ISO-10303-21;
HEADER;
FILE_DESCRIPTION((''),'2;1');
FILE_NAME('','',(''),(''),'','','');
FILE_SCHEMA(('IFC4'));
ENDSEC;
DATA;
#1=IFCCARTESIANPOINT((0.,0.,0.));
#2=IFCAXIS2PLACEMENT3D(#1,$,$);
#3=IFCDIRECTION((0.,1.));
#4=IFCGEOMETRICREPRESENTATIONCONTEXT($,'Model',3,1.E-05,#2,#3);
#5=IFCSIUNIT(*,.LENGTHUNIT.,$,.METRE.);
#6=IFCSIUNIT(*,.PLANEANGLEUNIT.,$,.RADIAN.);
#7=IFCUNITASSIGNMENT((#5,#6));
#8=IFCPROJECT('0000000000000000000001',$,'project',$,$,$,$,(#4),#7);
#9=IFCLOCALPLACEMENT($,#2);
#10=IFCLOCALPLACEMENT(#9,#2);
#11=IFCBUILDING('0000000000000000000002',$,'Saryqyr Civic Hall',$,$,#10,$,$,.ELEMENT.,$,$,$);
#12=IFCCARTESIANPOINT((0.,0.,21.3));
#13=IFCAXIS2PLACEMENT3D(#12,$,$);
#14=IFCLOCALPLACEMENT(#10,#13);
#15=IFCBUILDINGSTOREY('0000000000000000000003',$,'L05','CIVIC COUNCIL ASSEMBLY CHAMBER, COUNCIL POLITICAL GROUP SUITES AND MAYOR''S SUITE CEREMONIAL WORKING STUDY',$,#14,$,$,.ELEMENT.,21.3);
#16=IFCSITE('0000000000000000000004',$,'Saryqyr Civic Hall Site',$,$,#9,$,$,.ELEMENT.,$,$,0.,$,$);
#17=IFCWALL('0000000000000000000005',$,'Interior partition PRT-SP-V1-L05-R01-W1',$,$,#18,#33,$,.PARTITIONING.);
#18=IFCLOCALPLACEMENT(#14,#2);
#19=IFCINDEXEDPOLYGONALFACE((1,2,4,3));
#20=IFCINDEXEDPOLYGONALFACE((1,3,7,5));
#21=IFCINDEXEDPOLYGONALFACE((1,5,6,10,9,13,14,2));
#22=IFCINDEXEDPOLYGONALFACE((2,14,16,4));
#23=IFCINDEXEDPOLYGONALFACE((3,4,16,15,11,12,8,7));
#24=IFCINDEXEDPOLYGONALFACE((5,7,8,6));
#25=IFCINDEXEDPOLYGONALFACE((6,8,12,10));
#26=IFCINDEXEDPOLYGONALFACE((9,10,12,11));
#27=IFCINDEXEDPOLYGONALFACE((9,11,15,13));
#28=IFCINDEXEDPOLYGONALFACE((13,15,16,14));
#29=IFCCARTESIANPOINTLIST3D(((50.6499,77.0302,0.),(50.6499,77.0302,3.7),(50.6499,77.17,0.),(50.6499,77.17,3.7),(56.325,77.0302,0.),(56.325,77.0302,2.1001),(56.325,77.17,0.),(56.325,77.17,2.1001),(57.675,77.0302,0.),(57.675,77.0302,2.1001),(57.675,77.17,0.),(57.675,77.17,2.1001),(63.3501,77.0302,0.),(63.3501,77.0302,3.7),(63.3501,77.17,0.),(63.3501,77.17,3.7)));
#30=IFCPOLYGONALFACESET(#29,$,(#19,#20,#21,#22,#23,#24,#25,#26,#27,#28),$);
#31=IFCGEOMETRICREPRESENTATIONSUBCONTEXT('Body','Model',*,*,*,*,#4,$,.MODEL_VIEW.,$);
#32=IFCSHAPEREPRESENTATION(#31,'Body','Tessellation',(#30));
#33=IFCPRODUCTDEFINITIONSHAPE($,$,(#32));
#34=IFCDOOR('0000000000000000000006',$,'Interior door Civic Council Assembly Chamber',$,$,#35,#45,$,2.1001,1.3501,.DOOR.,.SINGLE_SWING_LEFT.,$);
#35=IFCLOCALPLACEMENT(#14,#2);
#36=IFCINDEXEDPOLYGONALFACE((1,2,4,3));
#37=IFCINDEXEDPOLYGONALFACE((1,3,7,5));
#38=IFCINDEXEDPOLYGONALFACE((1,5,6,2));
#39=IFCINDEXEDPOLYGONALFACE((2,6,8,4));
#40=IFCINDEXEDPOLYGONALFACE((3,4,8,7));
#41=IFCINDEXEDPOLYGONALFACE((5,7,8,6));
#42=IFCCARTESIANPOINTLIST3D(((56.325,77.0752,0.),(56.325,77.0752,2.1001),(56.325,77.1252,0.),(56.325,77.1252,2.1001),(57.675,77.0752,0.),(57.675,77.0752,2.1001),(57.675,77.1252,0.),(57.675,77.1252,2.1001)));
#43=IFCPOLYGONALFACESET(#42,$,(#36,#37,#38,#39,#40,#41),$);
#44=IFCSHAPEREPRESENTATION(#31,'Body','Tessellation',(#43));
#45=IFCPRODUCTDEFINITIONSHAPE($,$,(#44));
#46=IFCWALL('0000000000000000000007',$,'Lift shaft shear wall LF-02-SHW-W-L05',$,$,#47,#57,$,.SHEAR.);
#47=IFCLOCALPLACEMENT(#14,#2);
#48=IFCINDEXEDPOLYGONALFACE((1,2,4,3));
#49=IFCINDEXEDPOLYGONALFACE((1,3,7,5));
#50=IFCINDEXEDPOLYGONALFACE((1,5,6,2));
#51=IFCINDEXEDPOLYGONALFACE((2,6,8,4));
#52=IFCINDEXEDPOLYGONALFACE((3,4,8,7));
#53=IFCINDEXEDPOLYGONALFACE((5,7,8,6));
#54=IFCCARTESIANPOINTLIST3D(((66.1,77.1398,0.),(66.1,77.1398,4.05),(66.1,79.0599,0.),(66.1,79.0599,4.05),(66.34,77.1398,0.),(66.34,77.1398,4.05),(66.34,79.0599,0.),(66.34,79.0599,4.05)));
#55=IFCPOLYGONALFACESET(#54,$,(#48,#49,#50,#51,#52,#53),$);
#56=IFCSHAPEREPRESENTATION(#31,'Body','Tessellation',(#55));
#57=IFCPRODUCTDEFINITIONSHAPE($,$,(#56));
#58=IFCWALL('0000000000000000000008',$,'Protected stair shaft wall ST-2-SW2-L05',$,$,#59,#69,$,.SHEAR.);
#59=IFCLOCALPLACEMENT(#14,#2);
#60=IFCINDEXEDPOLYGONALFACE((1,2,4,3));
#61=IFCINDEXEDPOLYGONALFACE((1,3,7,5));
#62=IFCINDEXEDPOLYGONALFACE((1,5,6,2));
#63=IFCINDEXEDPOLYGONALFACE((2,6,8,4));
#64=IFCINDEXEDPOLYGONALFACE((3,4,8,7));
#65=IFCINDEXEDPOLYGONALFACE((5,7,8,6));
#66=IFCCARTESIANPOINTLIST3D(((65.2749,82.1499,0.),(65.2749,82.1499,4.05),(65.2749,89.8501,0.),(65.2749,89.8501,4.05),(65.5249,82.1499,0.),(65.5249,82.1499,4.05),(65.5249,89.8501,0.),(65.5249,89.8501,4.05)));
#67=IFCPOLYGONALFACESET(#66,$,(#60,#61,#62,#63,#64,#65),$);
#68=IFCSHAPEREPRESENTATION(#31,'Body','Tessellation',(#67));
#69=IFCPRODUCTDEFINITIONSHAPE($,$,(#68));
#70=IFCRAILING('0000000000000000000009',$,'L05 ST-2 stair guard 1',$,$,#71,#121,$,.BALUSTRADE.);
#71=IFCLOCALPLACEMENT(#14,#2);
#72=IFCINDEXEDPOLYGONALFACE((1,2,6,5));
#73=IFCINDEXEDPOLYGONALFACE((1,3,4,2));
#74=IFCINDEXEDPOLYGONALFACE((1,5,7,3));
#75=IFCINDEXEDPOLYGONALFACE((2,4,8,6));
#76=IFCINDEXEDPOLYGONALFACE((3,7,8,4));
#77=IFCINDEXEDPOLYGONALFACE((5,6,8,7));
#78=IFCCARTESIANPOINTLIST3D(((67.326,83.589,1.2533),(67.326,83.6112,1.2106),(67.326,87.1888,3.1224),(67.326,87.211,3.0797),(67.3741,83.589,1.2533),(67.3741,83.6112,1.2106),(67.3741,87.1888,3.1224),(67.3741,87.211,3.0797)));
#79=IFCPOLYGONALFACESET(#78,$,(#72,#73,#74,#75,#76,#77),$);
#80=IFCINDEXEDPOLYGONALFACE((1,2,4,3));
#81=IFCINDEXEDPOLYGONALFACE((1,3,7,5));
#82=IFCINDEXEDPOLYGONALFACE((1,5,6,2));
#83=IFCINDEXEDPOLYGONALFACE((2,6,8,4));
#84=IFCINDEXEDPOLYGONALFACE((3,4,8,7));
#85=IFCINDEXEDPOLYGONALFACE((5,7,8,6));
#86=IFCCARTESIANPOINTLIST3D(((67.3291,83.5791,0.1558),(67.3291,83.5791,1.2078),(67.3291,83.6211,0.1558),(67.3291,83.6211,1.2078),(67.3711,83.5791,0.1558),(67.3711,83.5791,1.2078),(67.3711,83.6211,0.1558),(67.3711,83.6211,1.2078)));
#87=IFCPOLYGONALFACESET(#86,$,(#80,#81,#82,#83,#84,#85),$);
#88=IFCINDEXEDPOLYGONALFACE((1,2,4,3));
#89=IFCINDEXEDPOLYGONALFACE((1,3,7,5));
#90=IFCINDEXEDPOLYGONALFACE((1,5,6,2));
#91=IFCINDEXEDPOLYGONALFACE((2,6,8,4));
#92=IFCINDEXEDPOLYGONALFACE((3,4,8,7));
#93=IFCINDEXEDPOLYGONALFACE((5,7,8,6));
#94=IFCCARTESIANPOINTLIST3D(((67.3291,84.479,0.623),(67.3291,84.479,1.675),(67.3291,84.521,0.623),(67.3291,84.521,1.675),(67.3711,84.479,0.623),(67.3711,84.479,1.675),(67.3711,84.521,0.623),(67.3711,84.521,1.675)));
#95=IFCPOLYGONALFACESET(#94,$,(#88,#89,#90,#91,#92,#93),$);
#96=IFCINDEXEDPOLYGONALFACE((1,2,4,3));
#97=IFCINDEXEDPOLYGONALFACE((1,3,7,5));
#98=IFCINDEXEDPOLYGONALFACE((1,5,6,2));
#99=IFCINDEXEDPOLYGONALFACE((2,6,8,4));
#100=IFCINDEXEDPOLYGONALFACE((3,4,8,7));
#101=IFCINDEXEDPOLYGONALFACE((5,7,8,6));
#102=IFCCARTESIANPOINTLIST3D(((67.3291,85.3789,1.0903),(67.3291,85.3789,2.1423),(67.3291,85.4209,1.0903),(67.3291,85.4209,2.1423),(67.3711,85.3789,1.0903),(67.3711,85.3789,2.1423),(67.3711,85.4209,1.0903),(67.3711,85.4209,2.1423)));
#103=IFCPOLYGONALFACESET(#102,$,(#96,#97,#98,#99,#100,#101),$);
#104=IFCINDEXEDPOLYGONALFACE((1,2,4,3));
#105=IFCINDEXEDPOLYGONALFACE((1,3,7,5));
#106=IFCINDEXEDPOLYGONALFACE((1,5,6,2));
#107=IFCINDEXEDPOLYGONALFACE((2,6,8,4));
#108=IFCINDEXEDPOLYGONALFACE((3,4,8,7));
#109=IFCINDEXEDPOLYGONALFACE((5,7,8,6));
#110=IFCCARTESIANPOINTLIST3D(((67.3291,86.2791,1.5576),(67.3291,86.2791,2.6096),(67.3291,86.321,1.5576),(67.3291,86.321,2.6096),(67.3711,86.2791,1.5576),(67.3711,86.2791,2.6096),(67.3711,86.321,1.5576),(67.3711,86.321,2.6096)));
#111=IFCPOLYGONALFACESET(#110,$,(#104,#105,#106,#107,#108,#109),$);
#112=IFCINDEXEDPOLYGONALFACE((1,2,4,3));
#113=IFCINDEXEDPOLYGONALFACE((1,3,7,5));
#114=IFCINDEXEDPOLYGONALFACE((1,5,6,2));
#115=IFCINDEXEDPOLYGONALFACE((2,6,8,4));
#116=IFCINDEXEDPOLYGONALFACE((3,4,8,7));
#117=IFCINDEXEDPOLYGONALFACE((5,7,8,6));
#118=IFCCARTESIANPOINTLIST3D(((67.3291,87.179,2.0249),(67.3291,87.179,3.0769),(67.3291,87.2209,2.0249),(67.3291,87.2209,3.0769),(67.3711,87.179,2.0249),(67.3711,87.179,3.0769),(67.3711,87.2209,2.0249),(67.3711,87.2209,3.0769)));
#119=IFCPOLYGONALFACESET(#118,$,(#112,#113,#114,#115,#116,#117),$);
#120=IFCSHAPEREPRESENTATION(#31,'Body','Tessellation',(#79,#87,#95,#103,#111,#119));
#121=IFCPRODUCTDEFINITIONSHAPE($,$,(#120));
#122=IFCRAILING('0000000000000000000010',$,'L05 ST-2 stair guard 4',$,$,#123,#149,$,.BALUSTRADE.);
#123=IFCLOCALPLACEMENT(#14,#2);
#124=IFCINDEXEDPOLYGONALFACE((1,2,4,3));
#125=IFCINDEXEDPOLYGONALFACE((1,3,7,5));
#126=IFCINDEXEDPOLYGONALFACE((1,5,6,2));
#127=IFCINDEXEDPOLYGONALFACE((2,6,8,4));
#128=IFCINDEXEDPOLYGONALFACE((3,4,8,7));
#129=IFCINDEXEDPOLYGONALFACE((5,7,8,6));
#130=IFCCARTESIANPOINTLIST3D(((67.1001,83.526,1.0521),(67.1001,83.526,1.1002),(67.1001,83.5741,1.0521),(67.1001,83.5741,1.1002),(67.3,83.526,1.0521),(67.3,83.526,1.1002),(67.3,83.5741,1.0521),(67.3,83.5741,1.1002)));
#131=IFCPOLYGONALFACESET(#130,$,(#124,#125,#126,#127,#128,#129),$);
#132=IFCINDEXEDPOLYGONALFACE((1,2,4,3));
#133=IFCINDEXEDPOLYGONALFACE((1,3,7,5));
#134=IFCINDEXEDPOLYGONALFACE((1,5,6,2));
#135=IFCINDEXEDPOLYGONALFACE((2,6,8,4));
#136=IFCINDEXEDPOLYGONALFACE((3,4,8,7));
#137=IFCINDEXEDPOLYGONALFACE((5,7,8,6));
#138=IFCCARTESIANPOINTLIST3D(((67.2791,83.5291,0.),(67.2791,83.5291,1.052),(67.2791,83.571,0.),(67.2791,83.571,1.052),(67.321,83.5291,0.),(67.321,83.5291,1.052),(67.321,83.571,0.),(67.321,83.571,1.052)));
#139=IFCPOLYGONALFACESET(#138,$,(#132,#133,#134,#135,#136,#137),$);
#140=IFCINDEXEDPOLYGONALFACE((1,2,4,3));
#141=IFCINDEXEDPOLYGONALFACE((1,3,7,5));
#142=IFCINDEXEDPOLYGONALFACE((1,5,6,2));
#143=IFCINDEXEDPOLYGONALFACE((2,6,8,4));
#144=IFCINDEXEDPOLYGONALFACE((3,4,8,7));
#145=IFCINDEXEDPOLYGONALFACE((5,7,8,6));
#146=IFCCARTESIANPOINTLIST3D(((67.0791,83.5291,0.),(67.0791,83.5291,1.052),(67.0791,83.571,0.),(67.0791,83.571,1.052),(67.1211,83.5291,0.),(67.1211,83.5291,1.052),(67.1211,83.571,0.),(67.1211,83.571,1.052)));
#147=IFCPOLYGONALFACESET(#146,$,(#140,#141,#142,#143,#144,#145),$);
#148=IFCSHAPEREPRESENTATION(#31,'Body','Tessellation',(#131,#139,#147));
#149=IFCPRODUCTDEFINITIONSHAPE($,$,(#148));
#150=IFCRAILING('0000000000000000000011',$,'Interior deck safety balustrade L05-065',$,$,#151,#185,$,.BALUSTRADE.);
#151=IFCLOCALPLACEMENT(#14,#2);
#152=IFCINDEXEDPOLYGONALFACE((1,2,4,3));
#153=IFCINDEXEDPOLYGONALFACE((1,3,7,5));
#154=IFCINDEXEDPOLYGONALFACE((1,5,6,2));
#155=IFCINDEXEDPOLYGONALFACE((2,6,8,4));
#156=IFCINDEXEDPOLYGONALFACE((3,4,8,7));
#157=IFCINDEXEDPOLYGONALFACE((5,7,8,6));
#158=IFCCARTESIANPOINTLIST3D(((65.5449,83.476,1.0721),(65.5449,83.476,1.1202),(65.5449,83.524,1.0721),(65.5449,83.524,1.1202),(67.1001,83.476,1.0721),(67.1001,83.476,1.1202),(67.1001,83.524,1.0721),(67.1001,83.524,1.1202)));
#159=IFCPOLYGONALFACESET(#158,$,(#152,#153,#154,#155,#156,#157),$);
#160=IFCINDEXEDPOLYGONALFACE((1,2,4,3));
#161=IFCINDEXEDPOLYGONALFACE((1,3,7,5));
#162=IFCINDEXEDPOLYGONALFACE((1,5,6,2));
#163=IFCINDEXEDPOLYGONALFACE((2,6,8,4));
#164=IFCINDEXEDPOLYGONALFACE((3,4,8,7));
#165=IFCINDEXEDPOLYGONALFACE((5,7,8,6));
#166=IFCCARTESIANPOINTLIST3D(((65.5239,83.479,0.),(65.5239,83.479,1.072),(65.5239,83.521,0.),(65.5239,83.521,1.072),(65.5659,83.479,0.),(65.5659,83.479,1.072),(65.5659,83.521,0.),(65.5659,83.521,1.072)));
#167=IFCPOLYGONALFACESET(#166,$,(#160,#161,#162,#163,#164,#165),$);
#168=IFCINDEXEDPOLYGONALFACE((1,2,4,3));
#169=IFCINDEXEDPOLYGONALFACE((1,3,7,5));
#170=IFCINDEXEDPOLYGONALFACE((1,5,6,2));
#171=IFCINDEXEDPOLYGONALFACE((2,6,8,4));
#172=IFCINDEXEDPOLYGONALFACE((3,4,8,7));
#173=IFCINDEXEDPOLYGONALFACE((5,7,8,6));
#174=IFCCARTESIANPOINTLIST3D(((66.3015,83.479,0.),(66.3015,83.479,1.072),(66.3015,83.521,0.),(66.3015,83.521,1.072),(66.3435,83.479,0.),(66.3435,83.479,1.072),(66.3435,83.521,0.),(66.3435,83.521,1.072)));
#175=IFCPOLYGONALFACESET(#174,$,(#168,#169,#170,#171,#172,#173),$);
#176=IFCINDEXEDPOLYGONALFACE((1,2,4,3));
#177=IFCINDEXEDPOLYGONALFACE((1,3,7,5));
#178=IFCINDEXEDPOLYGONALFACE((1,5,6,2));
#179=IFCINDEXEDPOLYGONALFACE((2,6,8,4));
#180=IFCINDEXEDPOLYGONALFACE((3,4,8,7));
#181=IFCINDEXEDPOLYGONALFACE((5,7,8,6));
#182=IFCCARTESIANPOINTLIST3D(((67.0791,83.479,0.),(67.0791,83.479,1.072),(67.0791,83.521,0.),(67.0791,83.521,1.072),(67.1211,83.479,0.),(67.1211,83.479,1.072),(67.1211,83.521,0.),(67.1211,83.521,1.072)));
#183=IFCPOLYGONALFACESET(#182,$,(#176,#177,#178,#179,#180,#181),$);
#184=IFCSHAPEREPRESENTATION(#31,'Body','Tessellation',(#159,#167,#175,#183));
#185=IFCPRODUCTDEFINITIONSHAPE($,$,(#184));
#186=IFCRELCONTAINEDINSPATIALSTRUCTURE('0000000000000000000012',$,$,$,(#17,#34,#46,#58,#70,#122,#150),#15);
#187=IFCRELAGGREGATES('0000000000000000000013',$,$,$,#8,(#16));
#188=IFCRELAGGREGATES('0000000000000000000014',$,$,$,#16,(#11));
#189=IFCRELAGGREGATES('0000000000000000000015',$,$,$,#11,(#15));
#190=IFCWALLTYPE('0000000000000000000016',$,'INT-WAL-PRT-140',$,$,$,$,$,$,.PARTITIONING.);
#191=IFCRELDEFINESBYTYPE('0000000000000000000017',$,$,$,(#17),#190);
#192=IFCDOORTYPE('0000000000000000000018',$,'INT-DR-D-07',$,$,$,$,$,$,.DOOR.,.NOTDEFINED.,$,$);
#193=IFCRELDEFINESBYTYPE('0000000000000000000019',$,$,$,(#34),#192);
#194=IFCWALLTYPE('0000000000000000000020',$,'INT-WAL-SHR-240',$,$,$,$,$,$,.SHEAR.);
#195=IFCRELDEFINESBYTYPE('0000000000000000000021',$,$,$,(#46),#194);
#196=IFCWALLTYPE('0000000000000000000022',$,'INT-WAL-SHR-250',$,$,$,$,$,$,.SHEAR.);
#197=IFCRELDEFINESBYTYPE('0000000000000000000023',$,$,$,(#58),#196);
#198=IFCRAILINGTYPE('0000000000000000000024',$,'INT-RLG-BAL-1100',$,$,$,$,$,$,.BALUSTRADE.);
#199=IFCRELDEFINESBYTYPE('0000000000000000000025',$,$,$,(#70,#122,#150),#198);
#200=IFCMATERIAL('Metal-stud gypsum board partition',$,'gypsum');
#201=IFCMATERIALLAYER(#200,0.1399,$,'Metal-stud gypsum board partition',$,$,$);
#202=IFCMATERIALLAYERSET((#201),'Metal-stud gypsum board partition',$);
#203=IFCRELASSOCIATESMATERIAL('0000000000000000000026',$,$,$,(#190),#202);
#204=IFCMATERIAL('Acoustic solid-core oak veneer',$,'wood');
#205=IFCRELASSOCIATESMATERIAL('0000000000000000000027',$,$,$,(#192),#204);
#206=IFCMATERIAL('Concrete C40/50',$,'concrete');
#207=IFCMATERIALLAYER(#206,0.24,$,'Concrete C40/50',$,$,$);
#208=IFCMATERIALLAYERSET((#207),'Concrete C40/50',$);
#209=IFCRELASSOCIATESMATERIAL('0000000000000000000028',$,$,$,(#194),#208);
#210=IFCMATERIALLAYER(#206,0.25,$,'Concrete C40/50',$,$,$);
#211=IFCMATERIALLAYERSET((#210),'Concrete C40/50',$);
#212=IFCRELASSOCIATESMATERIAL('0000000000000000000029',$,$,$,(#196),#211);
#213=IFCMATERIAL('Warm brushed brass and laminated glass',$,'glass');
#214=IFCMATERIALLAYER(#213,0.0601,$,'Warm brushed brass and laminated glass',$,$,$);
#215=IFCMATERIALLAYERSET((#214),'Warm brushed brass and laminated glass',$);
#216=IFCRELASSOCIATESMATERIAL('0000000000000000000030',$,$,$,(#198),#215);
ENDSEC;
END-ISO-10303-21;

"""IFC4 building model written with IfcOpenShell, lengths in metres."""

from ifc_helpers import new_model, si_unit, direction, frame, frame_2d, origin, origin_2d, place, context, subcontext, project, spatial, rectangle, extrude, material, layer, layer_set, type_object, element, fill, save


model = new_model("IFC4")

# Units and contexts
model_context = context("Model", 3, precision=1e-05, world=origin(), true_north=direction((0.0, 1.0)))
body_context = subcontext(model_context, "Body", "Model", "MODEL_VIEW")
ifc_project = project(units=[si_unit("LENGTHUNIT", "METRE"), si_unit("PLANEANGLEUNIT", "RADIAN")], contexts=[model_context])

# Site, building, storey
site_placement = place(None, origin())
site = spatial("IfcSite", under=ifc_project, at=site_placement, Name="Saryqyr Civic Hall Site", CompositionType="ELEMENT", RefElevation=0.0)
building_placement = place(site_placement, origin())
building = spatial("IfcBuilding", under=site, at=building_placement, Name="Saryqyr Civic Hall", CompositionType="ELEMENT")
storey_placement = place(building_placement, frame((0.0, 0.0, 21.3)))
storey = spatial("IfcBuildingStorey", under=building, at=storey_placement, Name="L05", Description="CIVIC COUNCIL ASSEMBLY CHAMBER, COUNCIL POLITICAL GROUP SUITES AND MAYOR'S SUITE CEREMONIAL WORKING STUDY", CompositionType="ELEMENT", Elevation=21.3)

# Shared definitions
ifc_material_1 = material(Name="Concrete C40/50", Category="concrete")

# Shared definitions
ifc_material_2 = material(Name="Metal-stud gypsum board partition", Category="gypsum")

# Wall, opening, door
ifc_layer_1 = layer(ifc_material_2, 0.1399, Name="Metal-stud gypsum board partition")
ifc_layer_set_1 = layer_set([ifc_layer_1], Name="Metal-stud gypsum board partition")
wall_type_1 = type_object("IfcWallType", Name="INT-WAL-PRT-140", PredefinedType="PARTITIONING", material=ifc_layer_set_1)
wall_1_placement = place(storey_placement, frame((63.3501, 77.1001, 0.0), z_axis=(0.0, 0.0, 1.0), x_axis=(-1.0, 0.0, 0.0)))
wall_1 = element("IfcWall", 1, at=wall_1_placement, inside=storey, type_object=wall_type_1, Name="Interior partition PRT-SP-V1-L05-R01-W1", PredefinedType="PARTITIONING", context=body_context, shape_type="SweptSolid", body=[
    extrude(rectangle(XDim=12.7002, YDim=0.1399, at=frame_2d((6.3501, 0.0))), origin(), (0.0, 0.0, 1.0), 3.7),
])
opening_1_placement = place(wall_1_placement, frame((5.675, 0.0, 0.0)))
opening_1 = element("IfcOpeningElement", 2, at=opening_1_placement, cuts=wall_1, PredefinedType="OPENING", context=body_context, shape_type="SweptSolid", body=[
    extrude(rectangle(XDim=1.3501, YDim=2.1001, at=frame_2d((0.675, 1.05))), frame((0.0, 0.0798, 0.0), z_axis=(0.0, -1.0, 0.0), x_axis=(1.0, 0.0, 0.0)), (0.0, 0.0, 1.0), 0.1599),
])
ifc_material_3 = material(Name="Acoustic solid-core oak veneer", Category="wood")
door_type_1 = type_object("IfcDoorType", Name="INT-DR-D-07", OperationType="NOTDEFINED", PredefinedType="DOOR", material=ifc_material_3)
door_1_placement = place(opening_1_placement, origin())
door_1 = element("IfcDoor", 3, at=door_1_placement, inside=storey, type_object=door_type_1, Name="Interior door Civic Council Assembly Chamber", OperationType="SINGLE_SWING_LEFT", OverallHeight=2.1001, OverallWidth=1.3501, PredefinedType="DOOR", context=body_context, shape_type="SweptSolid", body=[
    extrude(rectangle(XDim=1.3501, YDim=2.1001, at=frame_2d((0.675, 1.05))), frame((0.0, 0.0249, 0.0), z_axis=(0.0, -1.0, 0.0), x_axis=(1.0, 0.0, 0.0)), (0.0, 0.0, 1.0), 0.05),
])
fill(opening_1, door_1)
ifc_layer_2 = layer(ifc_material_1, 0.24, Name="Concrete C40/50")
ifc_layer_set_2 = layer_set([ifc_layer_2], Name="Concrete C40/50")
wall_type_2 = type_object("IfcWallType", Name="INT-WAL-SHR-240", PredefinedType="SHEAR", material=ifc_layer_set_2)

# Walls
wall_2_placement = place(storey_placement, frame((66.22, 77.1399, 0.0), z_axis=(0.0, 0.0, 1.0), x_axis=(0.0, 1.0, 0.0)))
element("IfcWall", 4, at=wall_2_placement, inside=storey, type_object=wall_type_2, Name="Lift shaft shear wall LF-02-SHW-W-L05", PredefinedType="SHEAR", context=body_context, shape_type="SweptSolid", body=[
    extrude(rectangle(XDim=1.9202, YDim=0.24, at=frame_2d((0.96, 0.0))), origin(), (0.0, 0.0, 1.0), 4.05),
])
ifc_layer_3 = layer(ifc_material_1, 0.25, Name="Concrete C40/50")
ifc_layer_set_3 = layer_set([ifc_layer_3], Name="Concrete C40/50")
wall_type_3 = type_object("IfcWallType", Name="INT-WAL-SHR-250", PredefinedType="SHEAR", material=ifc_layer_set_3)
wall_3_placement = place(storey_placement, frame((65.3999, 82.1499, 0.0), z_axis=(0.0, 0.0, 1.0), x_axis=(0.0, 1.0, 0.0)))
element("IfcWall", 5, at=wall_3_placement, inside=storey, type_object=wall_type_3, Name="Protected stair shaft wall ST-2-SW2-L05", PredefinedType="SHEAR", context=body_context, shape_type="SweptSolid", body=[
    extrude(rectangle(XDim=7.7002, YDim=0.25, at=frame_2d((3.8501, 0.0))), origin(), (0.0, 0.0, 1.0), 4.05),
])

# Railings
ifc_material_4 = material(Name="Warm brushed brass and laminated glass", Category="glass")
ifc_layer_4 = layer(ifc_material_4, 0.0601, Name="Warm brushed brass and laminated glass")
ifc_layer_set_4 = layer_set([ifc_layer_4], Name="Warm brushed brass and laminated glass")
railing_type = type_object("IfcRailingType", Name="INT-RLG-BAL-1100", PredefinedType="BALUSTRADE", material=ifc_layer_set_4)
railing_1_placement = place(storey_placement, frame((67.3501, 83.6001, 0.1558)))
element("IfcRailing", 6, at=railing_1_placement, inside=storey, type_object=railing_type, Name="L05 ST-2 stair guard 1", PredefinedType="BALUSTRADE", context=body_context, shape_type="SweptSolid", body=[
    extrude(rectangle(XDim=0.0481, YDim=0.0481, at=origin_2d()), frame((0.0, 0.0, 1.0762), z_axis=(0.0, 0.887497, 0.460813), x_axis=(-1.0, 0.0, 0.0)), (0.0, 0.0, 1.0), 4.0562),
    extrude(rectangle(XDim=0.042, YDim=0.042, at=origin_2d()), origin(), (0.0, 0.0, 1.0), 1.052),
    extrude(rectangle(XDim=0.042, YDim=0.042, at=origin_2d()), frame((0.0, 0.8999, 0.4673)), (0.0, 0.0, 1.0), 1.052),
    extrude(rectangle(XDim=0.042, YDim=0.042, at=origin_2d()), frame((0.0, 1.7998, 0.9346)), (0.0, 0.0, 1.0), 1.052),
    extrude(rectangle(XDim=0.042, YDim=0.042, at=origin_2d()), frame((0.0, 2.7, 1.4019)), (0.0, 0.0, 1.0), 1.052),
    extrude(rectangle(XDim=0.042, YDim=0.042, at=origin_2d()), frame((0.0, 3.5999, 1.8691)), (0.0, 0.0, 1.0), 1.052),
])
railing_2_placement = place(storey_placement, frame((67.3, 83.55, 0.0)))
element("IfcRailing", 7, at=railing_2_placement, inside=storey, type_object=railing_type, Name="L05 ST-2 stair guard 4", PredefinedType="BALUSTRADE", context=body_context, shape_type="SweptSolid", body=[
    extrude(rectangle(XDim=0.0481, YDim=0.0481, at=origin_2d()), frame((0.0, 0.0, 1.0762), z_axis=(-1.0, 0.0, 0.0), x_axis=(0.0, -1.0, 0.0)), (0.0, 0.0, 1.0), 0.2),
    extrude(rectangle(XDim=0.042, YDim=0.042, at=origin_2d()), origin(), (0.0, 0.0, 1.0), 1.052),
    extrude(rectangle(XDim=0.042, YDim=0.042, at=origin_2d()), frame((-0.2, 0.0, 0.0)), (0.0, 0.0, 1.0), 1.052),
])
railing_3_placement = place(storey_placement, frame((65.5449, 83.5, 0.0)))
element("IfcRailing", 8, at=railing_3_placement, inside=storey, type_object=railing_type, Name="Interior deck safety balustrade L05-065", PredefinedType="BALUSTRADE", context=body_context, shape_type="SweptSolid", body=[
    extrude(rectangle(XDim=0.0481, YDim=0.0481, at=origin_2d()), frame((0.0, 0.0, 1.0962), z_axis=(1.0, 0.0, 0.0), x_axis=(0.0, 1.0, 0.0)), (0.0, 0.0, 1.0), 1.5552),
    extrude(rectangle(XDim=0.042, YDim=0.042, at=origin_2d()), origin(), (0.0, 0.0, 1.0), 1.072),
    extrude(rectangle(XDim=0.042, YDim=0.042, at=origin_2d()), frame((0.7776, 0.0, 0.0)), (0.0, 0.0, 1.0), 1.072),
    extrude(rectangle(XDim=0.042, YDim=0.042, at=origin_2d()), frame((1.5552, 0.0, 0.0)), (0.0, 0.0, 1.0), 1.072),
])

save(model, "model.ifc")
